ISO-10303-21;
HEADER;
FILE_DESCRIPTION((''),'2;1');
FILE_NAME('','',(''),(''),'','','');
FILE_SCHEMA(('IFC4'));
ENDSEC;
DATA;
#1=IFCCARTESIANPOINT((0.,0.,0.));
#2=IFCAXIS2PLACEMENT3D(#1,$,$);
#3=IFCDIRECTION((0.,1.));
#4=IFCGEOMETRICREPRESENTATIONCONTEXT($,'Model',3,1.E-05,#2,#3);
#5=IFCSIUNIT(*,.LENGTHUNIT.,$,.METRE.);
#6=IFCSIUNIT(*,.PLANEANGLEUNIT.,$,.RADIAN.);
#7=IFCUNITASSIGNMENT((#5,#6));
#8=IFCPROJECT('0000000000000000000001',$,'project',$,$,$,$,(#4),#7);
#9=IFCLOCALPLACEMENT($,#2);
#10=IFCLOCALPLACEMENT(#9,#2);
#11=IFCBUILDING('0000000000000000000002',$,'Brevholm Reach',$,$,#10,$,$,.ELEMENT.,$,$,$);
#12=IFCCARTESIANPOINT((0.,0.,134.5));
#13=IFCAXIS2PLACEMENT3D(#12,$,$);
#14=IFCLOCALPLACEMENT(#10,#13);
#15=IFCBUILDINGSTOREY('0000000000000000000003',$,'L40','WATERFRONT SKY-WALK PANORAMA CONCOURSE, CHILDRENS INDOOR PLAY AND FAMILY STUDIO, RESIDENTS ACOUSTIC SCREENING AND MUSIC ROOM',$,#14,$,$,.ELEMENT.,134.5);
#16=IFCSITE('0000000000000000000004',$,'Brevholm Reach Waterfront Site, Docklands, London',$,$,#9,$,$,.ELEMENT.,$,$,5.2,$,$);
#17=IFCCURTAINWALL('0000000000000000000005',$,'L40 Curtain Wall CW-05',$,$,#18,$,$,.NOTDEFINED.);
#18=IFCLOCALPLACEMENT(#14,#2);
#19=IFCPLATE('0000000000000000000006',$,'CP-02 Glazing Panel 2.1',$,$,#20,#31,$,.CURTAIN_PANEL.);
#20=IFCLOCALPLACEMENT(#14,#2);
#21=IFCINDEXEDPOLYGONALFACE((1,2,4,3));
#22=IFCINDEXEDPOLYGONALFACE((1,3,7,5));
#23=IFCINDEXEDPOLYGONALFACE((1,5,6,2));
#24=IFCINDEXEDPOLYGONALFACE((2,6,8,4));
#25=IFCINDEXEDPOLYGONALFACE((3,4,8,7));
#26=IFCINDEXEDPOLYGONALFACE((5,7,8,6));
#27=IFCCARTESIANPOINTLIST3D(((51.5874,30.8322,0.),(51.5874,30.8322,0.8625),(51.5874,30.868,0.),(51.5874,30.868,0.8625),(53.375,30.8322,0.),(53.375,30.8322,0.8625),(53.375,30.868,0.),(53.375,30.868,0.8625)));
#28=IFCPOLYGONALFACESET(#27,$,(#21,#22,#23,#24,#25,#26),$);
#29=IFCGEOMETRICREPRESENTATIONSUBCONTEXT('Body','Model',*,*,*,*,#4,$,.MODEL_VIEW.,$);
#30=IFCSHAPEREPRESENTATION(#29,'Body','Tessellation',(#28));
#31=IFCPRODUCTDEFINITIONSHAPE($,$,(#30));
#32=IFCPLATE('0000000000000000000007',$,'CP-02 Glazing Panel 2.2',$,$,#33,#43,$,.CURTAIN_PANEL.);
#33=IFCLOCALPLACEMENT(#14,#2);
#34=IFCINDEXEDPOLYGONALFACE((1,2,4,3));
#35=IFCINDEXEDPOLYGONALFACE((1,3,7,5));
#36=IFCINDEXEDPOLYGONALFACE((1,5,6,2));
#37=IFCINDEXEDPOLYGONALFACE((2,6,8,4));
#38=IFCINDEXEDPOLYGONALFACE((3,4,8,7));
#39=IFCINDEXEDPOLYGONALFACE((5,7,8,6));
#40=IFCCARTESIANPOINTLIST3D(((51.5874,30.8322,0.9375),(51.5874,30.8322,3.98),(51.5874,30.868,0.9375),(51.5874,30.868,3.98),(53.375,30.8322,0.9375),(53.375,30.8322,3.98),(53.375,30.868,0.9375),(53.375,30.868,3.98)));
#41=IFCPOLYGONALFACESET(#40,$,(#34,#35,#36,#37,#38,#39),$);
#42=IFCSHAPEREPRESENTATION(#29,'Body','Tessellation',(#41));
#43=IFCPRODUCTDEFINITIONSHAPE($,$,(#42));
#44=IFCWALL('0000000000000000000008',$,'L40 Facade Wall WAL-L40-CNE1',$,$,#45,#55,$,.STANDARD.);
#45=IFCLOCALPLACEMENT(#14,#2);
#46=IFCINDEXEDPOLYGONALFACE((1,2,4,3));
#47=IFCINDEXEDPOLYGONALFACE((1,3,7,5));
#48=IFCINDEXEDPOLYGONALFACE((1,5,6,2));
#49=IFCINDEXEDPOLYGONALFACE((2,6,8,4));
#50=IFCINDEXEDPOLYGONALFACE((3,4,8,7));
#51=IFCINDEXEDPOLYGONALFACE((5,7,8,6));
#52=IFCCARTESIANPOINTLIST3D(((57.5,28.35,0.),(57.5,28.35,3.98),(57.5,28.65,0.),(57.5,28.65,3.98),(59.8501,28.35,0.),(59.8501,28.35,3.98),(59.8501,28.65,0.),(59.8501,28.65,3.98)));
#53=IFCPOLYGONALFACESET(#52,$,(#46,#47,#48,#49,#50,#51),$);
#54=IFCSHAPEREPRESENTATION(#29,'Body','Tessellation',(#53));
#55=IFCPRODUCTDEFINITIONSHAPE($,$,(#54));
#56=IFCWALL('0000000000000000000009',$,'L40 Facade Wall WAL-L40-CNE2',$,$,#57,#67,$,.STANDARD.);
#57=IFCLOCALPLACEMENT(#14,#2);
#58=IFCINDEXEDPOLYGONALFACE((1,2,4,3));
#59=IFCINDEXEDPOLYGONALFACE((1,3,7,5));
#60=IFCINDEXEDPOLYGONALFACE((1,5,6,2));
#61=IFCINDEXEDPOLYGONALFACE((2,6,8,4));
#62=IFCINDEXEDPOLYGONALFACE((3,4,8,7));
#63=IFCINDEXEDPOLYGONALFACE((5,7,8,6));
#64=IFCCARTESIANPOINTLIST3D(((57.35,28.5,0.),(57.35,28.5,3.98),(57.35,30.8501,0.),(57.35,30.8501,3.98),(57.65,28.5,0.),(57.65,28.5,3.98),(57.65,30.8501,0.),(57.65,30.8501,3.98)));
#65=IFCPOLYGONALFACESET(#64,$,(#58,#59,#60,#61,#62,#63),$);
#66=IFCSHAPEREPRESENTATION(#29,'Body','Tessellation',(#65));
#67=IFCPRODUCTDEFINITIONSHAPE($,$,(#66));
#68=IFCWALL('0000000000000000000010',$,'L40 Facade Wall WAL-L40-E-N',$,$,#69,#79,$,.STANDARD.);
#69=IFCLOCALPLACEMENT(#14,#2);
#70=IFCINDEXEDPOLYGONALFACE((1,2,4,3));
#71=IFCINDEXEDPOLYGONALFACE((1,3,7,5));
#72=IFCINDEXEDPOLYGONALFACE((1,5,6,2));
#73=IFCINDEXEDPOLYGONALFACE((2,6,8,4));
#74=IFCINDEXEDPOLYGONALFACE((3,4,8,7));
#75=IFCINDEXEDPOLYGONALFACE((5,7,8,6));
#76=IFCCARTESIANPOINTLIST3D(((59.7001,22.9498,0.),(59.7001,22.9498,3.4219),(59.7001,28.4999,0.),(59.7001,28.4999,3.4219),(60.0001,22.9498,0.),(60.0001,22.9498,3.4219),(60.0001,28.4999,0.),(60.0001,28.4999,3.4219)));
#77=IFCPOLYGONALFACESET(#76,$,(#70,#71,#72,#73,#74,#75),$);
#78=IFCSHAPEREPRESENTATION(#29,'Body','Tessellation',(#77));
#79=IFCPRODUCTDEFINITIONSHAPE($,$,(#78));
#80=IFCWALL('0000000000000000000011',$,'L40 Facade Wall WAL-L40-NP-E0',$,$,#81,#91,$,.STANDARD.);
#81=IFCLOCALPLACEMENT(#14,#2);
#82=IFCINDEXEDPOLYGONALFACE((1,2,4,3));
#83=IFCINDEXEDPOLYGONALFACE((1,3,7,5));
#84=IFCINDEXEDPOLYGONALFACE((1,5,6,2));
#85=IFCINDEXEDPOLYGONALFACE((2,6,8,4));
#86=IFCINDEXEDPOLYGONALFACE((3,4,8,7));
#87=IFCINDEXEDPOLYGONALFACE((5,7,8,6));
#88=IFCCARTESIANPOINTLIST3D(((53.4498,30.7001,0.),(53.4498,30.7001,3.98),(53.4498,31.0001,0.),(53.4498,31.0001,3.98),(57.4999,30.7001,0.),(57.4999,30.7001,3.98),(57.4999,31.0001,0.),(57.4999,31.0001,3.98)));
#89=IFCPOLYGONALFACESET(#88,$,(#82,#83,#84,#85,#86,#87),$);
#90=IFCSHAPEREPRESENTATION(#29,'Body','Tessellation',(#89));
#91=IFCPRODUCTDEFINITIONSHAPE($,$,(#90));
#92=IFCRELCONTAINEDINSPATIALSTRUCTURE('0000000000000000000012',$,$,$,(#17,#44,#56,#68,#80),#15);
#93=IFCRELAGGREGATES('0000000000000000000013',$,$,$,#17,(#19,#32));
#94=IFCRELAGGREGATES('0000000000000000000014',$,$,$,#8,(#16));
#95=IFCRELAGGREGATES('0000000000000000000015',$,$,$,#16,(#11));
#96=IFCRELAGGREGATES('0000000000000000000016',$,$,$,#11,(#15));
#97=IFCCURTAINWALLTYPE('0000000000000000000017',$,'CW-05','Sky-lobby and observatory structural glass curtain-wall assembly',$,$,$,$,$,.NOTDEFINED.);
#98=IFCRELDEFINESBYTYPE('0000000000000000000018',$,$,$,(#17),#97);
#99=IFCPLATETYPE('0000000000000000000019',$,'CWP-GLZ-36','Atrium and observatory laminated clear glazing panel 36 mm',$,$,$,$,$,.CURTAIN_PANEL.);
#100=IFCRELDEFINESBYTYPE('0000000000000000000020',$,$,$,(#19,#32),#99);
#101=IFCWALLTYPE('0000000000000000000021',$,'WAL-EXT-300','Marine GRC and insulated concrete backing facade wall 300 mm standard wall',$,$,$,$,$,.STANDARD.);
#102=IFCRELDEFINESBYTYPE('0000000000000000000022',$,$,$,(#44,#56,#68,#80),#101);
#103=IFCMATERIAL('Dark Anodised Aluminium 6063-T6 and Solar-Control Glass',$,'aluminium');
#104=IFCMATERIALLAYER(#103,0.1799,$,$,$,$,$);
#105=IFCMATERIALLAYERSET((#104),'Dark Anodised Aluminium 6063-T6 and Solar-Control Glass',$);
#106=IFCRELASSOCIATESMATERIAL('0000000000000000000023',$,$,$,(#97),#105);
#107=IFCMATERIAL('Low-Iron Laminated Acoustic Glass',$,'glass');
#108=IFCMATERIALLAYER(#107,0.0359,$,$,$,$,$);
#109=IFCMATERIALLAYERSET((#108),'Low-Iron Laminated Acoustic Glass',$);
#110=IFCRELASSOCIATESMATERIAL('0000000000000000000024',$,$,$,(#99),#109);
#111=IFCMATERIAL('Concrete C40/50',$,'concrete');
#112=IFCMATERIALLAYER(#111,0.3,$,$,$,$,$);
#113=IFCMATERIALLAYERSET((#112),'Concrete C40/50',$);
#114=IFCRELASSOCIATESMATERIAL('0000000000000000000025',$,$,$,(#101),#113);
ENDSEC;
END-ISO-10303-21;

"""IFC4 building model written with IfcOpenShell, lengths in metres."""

from ifc_helpers import new_model, si_unit, direction, frame, frame_2d, origin, origin_2d, place, context, subcontext, project, spatial, rectangle, extrude, material, layer, layer_set, type_object, element, aggregate, save


model = new_model("IFC4")

# Units and contexts
model_context = context("Model", 3, precision=1e-05, world=origin(), true_north=direction((0.0, 1.0)))
body_context = subcontext(model_context, "Body", "Model", "MODEL_VIEW")
ifc_project = project(units=[si_unit("LENGTHUNIT", "METRE"), si_unit("PLANEANGLEUNIT", "RADIAN")], contexts=[model_context])

# Site, building, storey
site_placement = place(None, origin())
site = spatial("IfcSite", under=ifc_project, at=site_placement, Name="Brevholm Reach Waterfront Site, Docklands, London", CompositionType="ELEMENT", RefElevation=5.2)
building_placement = place(site_placement, origin())
building = spatial("IfcBuilding", under=site, at=building_placement, Name="Brevholm Reach", CompositionType="ELEMENT")
storey_placement = place(building_placement, frame((0.0, 0.0, 134.5)))
storey = spatial("IfcBuildingStorey", under=building, at=storey_placement, Name="L40", Description="WATERFRONT SKY-WALK PANORAMA CONCOURSE, CHILDRENS INDOOR PLAY AND FAMILY STUDIO, RESIDENTS ACOUSTIC SCREENING AND MUSIC ROOM", CompositionType="ELEMENT", Elevation=134.5)

# Shared definitions
ifc_material_1 = material(Name="Dark Anodised Aluminium 6063-T6 and Solar-Control Glass", Category="aluminium")
ifc_layer_1 = layer(ifc_material_1, 0.1799)
ifc_layer_set_1 = layer_set([ifc_layer_1], Name="Dark Anodised Aluminium 6063-T6 and Solar-Control Glass")
curtain_wall_type = type_object("IfcCurtainWallType", Name="CW-05", Description="Sky-lobby and observatory structural glass curtain-wall assembly", PredefinedType="NOTDEFINED", material=ifc_layer_set_1)

# Curtain wall
curtain_wall_1_placement = place(storey_placement, origin())
curtain_wall_1 = element("IfcCurtainWall", 1, at=curtain_wall_1_placement, inside=storey, type_object=curtain_wall_type, Name="L40 Curtain Wall CW-05", PredefinedType="NOTDEFINED")

# Plates
ifc_material_2 = material(Name="Low-Iron Laminated Acoustic Glass", Category="glass")
ifc_layer_2 = layer(ifc_material_2, 0.0359)
ifc_layer_set_2 = layer_set([ifc_layer_2], Name="Low-Iron Laminated Acoustic Glass")
plate_type = type_object("IfcPlateType", Name="CWP-GLZ-36", Description="Atrium and observatory laminated clear glazing panel 36 mm", PredefinedType="CURTAIN_PANEL", material=ifc_layer_set_2)
plate_1_placement = place(storey_placement, frame((52.4812, 30.8501, 0.0), z_axis=(0.0, 0.0, 1.0), x_axis=(1.0, 0.0, 0.0)))
plate_1 = element("IfcPlate", 2, at=plate_1_placement, type_object=plate_type, Name="CP-02 Glazing Panel 2.1", PredefinedType="CURTAIN_PANEL", context=body_context, shape_type="SweptSolid", body=[
    extrude(rectangle(XDim=1.7876, YDim=0.0359, at=origin_2d()), origin(), (0.0, 0.0, 1.0), 0.8625),
])
plate_2_placement = place(storey_placement, frame((52.4812, 30.8501, 0.9375), z_axis=(0.0, 0.0, 1.0), x_axis=(1.0, 0.0, 0.0)))
plate_2 = element("IfcPlate", 3, at=plate_2_placement, type_object=plate_type, Name="CP-02 Glazing Panel 2.2", PredefinedType="CURTAIN_PANEL", context=body_context, shape_type="SweptSolid", body=[
    extrude(rectangle(XDim=1.7876, YDim=0.0359, at=origin_2d()), origin(), (0.0, 0.0, 1.0), 3.0425),
])
aggregate(curtain_wall_1, [plate_1, plate_2])

# Walls
ifc_material_3 = material(Name="Concrete C40/50", Category="concrete")
ifc_layer_3 = layer(ifc_material_3, 0.3)
ifc_layer_set_3 = layer_set([ifc_layer_3], Name="Concrete C40/50")
wall_type = type_object("IfcWallType", Name="WAL-EXT-300", Description="Marine GRC and insulated concrete backing facade wall 300 mm standard wall", PredefinedType="STANDARD", material=ifc_layer_set_3)
for number, where, z_axis, x_axis, name in (
    (4, (59.8501, 28.5, 0.0), (0.0, 0.0, 1.0), (-1.0, 0.0, 0.0), "L40 Facade Wall WAL-L40-CNE1"),
    (5, (57.5, 28.5, 0.0), (0.0, 0.0, 1.0), (0.0, 1.0, 0.0), "L40 Facade Wall WAL-L40-CNE2"),
):
    element("IfcWall", number, at=place(storey_placement, frame(where, z_axis=z_axis, x_axis=x_axis)), inside=storey, type_object=wall_type, Name=name, PredefinedType="STANDARD", context=body_context, shape_type="SweptSolid", body=[
        extrude(rectangle(XDim=2.3501, YDim=0.3, at=frame_2d((1.175, 0.0))), origin(), (0.0, 0.0, 1.0), 3.98),
    ])
wall_1_placement = place(storey_placement, frame((59.8501, 22.95, 0.0), z_axis=(0.0, 0.0, 1.0), x_axis=(0.0, 1.0, 0.0)))
element("IfcWall", 6, at=wall_1_placement, inside=storey, type_object=wall_type, Name="L40 Facade Wall WAL-L40-E-N", PredefinedType="STANDARD", context=body_context, shape_type="SweptSolid", body=[
    extrude(rectangle(XDim=5.55, YDim=0.3, at=frame_2d((2.7749, 0.0))), origin(), (0.0, 0.0, 1.0), 3.4219),
])
wall_2_placement = place(storey_placement, frame((53.45, 30.8501, 0.0), z_axis=(0.0, 0.0, 1.0), x_axis=(1.0, 0.0, 0.0)))
element("IfcWall", 7, at=wall_2_placement, inside=storey, type_object=wall_type, Name="L40 Facade Wall WAL-L40-NP-E0", PredefinedType="STANDARD", context=body_context, shape_type="SweptSolid", body=[
    extrude(rectangle(XDim=4.05, YDim=0.3, at=frame_2d((2.0249, 0.0))), origin(), (0.0, 0.0, 1.0), 3.98),
])

save(model, "model.ifc")
